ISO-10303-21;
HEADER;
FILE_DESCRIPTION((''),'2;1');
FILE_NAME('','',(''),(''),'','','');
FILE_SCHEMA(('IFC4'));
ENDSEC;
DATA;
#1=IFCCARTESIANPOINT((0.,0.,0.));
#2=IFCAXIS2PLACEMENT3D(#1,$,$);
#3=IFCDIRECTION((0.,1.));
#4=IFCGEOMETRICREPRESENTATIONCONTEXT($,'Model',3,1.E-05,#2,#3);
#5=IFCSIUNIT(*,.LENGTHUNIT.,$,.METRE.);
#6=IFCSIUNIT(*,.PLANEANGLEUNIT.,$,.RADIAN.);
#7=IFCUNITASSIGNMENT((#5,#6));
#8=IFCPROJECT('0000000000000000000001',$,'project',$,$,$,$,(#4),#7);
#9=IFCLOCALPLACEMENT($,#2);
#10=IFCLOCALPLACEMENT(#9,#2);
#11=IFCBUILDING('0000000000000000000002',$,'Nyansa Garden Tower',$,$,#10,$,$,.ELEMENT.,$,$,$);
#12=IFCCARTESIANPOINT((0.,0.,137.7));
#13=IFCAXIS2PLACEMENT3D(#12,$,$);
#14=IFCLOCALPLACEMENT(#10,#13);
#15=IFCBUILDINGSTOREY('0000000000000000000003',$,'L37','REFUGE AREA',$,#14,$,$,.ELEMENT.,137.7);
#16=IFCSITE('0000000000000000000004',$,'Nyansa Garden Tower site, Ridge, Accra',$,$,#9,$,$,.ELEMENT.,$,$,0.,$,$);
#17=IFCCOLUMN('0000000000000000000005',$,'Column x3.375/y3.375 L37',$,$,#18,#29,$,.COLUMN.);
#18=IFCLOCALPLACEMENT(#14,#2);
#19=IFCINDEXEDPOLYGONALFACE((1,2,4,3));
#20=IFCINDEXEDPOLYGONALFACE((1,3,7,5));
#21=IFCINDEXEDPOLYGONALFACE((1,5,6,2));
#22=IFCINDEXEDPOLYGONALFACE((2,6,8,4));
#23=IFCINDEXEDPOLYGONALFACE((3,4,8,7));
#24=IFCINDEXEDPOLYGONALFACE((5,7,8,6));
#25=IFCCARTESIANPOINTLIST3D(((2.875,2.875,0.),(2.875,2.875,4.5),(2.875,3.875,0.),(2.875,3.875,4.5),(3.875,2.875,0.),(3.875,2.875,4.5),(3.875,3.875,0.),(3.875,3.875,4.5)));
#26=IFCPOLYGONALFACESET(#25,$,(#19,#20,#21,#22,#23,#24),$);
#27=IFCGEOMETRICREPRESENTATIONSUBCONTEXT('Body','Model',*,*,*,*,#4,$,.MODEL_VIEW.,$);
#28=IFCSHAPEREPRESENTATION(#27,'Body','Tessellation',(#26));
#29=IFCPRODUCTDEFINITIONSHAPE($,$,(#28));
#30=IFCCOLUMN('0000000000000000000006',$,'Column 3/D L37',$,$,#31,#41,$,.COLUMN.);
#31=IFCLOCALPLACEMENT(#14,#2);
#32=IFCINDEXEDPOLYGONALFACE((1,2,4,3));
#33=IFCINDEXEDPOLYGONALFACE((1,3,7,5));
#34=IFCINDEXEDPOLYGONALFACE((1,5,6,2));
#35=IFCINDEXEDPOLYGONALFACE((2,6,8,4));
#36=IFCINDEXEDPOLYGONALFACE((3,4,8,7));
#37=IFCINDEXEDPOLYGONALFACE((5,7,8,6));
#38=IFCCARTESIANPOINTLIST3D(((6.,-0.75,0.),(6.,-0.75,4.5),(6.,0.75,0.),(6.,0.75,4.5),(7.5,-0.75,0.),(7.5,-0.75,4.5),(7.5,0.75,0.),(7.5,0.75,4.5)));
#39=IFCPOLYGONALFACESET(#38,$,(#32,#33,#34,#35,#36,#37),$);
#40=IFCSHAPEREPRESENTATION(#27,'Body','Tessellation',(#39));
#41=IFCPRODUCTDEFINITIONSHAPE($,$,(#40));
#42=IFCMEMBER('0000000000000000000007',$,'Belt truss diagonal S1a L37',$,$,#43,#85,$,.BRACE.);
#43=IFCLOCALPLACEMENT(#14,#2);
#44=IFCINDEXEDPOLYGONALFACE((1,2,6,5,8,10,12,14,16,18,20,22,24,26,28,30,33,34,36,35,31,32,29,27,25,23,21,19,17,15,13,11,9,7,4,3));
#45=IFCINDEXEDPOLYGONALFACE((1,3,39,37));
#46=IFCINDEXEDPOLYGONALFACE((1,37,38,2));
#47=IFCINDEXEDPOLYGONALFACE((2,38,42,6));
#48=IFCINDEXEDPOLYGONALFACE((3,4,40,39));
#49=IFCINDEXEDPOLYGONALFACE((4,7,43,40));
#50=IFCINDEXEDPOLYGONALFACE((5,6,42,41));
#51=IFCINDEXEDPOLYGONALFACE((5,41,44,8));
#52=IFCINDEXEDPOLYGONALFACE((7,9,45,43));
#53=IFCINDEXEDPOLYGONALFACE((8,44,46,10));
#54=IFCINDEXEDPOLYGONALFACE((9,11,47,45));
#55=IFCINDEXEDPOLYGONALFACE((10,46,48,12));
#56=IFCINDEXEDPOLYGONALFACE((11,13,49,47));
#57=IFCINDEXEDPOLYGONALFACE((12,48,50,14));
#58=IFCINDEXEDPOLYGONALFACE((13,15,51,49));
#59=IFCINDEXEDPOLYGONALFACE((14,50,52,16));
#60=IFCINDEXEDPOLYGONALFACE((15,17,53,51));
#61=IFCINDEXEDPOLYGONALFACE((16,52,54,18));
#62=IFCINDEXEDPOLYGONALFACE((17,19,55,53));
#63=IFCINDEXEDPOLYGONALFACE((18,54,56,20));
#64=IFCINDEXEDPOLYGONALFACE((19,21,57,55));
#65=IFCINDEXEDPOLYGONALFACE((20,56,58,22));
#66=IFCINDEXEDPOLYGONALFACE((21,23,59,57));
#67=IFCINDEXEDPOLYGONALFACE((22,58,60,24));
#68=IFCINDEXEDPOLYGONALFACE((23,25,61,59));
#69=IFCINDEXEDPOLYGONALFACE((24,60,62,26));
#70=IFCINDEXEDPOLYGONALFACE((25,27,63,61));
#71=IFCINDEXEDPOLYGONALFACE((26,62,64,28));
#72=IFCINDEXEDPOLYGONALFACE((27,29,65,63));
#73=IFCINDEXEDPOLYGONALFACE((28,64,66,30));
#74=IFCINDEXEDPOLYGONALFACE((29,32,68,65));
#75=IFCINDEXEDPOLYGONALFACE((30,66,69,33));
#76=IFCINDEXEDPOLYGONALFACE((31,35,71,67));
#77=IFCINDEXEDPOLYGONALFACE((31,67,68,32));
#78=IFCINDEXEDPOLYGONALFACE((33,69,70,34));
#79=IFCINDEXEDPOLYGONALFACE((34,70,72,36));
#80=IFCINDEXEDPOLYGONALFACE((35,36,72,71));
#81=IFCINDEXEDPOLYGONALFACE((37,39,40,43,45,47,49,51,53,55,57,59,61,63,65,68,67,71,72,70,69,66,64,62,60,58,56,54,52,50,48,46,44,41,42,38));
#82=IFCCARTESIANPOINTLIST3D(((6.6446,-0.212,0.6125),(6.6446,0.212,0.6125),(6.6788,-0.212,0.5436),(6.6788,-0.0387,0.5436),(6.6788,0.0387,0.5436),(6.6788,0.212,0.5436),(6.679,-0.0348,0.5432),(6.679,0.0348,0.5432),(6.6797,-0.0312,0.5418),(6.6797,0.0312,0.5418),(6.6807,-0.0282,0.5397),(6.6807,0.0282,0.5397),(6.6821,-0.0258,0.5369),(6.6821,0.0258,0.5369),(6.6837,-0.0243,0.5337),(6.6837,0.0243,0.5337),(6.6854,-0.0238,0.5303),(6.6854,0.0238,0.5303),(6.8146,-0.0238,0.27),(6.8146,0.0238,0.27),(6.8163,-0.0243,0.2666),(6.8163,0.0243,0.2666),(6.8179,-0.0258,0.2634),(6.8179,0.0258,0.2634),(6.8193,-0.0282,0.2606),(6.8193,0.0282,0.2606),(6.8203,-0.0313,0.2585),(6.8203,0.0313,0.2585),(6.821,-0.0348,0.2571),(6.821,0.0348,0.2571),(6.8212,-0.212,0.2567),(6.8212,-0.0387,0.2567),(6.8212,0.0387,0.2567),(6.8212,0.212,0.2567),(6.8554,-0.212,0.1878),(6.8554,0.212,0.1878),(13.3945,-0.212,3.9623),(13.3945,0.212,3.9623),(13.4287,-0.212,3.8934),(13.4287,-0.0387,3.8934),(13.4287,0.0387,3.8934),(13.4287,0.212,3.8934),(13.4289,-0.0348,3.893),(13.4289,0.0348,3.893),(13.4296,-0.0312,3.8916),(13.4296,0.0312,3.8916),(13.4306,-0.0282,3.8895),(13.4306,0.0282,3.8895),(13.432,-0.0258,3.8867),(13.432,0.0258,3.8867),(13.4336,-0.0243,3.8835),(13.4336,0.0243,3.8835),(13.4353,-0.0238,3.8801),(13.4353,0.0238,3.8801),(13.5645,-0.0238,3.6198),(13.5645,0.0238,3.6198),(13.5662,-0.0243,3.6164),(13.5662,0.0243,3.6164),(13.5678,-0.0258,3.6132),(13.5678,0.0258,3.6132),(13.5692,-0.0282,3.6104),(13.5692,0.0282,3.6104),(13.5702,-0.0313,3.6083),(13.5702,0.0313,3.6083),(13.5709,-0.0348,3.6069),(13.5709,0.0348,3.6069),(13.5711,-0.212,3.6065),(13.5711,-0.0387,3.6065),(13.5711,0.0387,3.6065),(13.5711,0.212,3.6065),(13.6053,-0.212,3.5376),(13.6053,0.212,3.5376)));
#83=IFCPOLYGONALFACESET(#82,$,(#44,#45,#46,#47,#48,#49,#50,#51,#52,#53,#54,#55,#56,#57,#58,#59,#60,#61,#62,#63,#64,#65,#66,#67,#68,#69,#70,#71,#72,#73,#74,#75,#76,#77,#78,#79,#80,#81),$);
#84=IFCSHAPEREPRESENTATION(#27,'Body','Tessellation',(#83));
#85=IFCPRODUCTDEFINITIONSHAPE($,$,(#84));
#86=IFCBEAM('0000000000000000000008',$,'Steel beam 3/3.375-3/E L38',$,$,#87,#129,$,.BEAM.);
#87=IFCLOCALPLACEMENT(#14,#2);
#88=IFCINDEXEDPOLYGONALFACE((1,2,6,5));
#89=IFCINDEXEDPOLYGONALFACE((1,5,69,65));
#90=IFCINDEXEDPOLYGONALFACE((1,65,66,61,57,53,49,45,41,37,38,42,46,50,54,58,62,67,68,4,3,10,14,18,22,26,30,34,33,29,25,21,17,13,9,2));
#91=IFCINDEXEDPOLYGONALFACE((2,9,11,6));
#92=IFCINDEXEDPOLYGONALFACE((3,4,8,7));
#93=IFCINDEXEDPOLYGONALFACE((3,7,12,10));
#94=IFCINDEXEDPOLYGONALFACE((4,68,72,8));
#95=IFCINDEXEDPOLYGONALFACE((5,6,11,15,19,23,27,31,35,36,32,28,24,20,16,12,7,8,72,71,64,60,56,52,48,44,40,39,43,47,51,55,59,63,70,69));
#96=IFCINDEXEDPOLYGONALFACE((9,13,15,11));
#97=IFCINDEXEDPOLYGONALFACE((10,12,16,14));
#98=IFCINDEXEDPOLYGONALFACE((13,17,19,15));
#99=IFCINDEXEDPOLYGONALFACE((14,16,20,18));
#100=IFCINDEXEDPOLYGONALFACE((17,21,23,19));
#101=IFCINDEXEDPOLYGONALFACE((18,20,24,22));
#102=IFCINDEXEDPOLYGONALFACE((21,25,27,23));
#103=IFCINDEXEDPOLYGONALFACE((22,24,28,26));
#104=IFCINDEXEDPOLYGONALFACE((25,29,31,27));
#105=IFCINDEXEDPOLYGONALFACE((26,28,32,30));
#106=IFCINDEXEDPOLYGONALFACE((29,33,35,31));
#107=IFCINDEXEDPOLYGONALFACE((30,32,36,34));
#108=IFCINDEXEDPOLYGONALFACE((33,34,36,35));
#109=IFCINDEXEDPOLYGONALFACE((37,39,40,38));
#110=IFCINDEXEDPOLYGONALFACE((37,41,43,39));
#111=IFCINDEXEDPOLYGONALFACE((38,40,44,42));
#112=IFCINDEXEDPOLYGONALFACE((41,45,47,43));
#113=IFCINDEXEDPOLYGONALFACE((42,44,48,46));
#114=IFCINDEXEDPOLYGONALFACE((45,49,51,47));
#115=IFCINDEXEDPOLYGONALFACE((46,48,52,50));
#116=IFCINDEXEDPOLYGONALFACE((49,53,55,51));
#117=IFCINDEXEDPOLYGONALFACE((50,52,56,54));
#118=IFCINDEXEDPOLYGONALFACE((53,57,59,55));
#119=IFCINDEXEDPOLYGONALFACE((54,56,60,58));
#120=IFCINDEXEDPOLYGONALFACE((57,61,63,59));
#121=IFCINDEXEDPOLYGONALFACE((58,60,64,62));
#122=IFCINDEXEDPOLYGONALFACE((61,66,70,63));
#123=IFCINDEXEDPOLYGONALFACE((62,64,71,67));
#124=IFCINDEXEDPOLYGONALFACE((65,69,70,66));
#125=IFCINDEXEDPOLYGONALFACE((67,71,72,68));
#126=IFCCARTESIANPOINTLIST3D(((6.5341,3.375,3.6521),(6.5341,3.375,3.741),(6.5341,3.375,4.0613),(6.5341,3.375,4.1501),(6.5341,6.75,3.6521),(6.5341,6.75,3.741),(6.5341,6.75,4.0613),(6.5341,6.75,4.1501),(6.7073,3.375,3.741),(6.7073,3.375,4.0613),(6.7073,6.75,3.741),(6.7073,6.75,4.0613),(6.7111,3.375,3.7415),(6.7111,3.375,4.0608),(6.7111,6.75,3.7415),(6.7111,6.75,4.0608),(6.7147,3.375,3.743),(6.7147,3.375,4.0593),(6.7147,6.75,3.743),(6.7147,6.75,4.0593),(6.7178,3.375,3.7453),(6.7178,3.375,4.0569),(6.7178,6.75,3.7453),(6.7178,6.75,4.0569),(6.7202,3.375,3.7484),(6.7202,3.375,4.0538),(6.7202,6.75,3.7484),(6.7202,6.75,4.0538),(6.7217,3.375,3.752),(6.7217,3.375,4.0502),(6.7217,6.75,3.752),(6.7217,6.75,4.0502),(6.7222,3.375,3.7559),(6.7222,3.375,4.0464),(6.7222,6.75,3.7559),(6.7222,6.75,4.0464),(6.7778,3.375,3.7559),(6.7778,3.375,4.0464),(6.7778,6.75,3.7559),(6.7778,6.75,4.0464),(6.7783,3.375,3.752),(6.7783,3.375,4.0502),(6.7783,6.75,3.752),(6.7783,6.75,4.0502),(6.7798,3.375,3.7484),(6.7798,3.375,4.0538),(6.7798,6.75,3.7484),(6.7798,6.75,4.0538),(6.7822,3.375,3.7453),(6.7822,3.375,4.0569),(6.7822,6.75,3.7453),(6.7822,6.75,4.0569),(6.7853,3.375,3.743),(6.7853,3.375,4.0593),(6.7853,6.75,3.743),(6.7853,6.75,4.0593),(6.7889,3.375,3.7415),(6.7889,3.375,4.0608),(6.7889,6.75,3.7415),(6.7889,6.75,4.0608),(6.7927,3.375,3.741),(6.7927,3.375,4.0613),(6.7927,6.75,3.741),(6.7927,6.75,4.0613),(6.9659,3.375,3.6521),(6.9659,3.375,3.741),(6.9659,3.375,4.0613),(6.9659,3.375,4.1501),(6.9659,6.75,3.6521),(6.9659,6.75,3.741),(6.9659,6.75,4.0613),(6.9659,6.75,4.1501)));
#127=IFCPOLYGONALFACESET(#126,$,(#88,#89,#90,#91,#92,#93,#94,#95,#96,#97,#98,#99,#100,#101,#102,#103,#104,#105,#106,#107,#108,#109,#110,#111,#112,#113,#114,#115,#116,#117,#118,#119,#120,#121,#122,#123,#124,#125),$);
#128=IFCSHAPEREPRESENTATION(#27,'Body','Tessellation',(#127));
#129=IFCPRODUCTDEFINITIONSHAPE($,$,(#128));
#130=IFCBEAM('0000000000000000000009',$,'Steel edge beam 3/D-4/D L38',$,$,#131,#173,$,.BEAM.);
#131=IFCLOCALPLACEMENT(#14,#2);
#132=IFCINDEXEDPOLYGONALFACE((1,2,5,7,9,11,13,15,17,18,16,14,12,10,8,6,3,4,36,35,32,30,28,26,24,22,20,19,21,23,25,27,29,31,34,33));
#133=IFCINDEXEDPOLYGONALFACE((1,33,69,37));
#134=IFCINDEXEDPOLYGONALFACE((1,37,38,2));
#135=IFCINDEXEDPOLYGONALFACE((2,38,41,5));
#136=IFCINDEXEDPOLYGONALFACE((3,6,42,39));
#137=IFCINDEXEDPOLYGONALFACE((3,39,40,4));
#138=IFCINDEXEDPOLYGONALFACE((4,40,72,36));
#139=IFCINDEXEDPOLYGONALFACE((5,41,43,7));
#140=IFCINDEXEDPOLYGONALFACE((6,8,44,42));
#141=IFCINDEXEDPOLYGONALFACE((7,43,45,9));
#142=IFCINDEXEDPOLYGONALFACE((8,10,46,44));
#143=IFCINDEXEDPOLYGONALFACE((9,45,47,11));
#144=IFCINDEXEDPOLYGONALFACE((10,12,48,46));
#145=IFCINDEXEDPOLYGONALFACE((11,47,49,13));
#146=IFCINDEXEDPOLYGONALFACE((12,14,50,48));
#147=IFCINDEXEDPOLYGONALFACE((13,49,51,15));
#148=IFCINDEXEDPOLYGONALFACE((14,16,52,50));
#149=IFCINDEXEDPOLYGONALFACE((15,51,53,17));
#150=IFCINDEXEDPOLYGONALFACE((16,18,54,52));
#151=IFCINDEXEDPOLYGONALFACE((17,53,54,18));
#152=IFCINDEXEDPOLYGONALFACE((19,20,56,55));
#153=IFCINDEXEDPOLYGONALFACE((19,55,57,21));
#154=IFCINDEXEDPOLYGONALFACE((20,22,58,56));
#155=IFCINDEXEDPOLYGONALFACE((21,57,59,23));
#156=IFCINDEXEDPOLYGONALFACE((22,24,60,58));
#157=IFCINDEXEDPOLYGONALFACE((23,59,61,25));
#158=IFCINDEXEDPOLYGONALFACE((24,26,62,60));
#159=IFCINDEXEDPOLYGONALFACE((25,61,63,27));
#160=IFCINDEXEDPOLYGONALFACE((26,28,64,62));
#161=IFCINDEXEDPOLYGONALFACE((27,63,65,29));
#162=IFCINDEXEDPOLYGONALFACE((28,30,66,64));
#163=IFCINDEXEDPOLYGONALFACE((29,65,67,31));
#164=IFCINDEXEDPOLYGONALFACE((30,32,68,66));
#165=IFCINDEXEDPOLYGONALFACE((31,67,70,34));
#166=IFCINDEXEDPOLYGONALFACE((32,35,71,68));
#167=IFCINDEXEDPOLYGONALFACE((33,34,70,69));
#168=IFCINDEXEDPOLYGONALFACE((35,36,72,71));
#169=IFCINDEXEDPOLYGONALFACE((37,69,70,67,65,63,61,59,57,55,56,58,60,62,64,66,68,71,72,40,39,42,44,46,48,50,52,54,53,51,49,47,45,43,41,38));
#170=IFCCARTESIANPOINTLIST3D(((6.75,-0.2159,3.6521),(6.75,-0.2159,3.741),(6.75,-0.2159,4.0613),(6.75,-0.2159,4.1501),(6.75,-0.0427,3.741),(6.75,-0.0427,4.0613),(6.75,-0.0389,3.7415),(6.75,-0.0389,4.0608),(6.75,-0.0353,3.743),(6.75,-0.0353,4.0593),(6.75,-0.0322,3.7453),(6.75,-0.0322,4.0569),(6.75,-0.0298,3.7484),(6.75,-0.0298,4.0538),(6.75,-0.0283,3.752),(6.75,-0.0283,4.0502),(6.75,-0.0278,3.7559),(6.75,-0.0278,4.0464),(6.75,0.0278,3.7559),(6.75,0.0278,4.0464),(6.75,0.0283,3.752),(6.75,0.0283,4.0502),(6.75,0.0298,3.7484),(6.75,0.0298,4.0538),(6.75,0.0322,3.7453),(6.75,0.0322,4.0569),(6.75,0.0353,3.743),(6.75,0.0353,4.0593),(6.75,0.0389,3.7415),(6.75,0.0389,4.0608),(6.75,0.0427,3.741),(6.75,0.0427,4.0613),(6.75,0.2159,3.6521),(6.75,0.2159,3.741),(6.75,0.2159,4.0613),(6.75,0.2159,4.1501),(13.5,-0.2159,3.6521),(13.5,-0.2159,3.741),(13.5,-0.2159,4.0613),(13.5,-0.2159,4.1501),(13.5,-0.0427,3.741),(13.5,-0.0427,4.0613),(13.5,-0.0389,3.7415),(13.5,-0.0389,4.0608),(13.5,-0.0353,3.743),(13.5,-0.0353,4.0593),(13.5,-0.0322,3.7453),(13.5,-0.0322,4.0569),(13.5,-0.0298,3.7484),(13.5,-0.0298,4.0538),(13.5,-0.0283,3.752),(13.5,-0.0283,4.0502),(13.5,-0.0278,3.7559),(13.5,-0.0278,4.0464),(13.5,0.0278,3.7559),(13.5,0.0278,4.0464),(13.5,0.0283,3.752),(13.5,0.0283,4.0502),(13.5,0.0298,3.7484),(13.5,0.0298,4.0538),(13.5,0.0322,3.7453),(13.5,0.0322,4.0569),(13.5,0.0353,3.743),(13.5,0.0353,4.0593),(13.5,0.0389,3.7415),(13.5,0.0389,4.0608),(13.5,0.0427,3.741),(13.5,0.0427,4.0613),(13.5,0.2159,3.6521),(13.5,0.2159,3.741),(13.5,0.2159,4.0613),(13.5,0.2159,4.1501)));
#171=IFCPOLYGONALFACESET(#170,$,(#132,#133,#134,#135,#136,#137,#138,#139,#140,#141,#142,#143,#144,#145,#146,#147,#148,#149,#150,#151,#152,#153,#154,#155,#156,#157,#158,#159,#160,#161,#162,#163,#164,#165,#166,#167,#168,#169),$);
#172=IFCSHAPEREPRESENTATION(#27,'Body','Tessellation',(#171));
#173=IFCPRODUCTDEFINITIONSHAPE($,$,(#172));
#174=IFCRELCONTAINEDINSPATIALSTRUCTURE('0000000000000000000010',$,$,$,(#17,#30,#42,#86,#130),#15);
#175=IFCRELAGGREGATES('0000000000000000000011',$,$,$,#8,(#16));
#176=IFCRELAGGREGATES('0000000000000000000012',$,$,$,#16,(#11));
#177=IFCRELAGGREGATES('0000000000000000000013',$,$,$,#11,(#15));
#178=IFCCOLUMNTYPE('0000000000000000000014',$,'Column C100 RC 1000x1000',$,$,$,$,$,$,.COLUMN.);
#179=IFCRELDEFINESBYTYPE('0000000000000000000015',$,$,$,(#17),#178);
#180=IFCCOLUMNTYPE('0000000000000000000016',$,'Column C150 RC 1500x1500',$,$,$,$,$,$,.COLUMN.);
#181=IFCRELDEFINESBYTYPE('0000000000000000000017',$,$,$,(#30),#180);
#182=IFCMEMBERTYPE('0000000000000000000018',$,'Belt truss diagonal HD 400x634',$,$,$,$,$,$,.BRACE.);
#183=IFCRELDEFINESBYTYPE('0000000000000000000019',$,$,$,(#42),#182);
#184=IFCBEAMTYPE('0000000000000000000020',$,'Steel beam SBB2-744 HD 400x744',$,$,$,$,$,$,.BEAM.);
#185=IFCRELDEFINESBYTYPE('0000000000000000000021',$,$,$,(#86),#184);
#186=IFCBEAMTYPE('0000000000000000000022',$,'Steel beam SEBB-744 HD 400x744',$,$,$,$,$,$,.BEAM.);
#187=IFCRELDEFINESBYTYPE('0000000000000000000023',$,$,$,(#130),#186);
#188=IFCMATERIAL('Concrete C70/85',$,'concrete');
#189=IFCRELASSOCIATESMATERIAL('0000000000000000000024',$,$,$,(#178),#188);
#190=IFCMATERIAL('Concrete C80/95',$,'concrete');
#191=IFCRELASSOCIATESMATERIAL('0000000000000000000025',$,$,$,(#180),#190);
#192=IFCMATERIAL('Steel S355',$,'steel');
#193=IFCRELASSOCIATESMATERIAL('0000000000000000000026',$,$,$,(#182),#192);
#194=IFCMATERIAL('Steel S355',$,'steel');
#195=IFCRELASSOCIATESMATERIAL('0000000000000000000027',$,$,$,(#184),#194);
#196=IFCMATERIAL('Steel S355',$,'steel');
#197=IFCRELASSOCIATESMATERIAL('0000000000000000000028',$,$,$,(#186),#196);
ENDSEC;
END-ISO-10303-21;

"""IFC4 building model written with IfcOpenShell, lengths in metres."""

from ifc_helpers import new_model, si_unit, direction, frame, origin, origin_2d, place, context, subcontext, project, spatial, rectangle, i_section, extrude, material, material_profile, profile_set, type_object, element, save


model = new_model("IFC4")

# Units and contexts
model_context = context("Model", 3, precision=1e-05, world=origin(), true_north=direction((0.0, 1.0)))
body_context = subcontext(model_context, "Body", "Model", "MODEL_VIEW")
ifc_project = project(units=[si_unit("LENGTHUNIT", "METRE"), si_unit("PLANEANGLEUNIT", "RADIAN")], contexts=[model_context])

# Site, building, storey
site_placement = place(None, origin())
site = spatial("IfcSite", under=ifc_project, at=site_placement, Name="Nyansa Garden Tower site, Ridge, Accra", CompositionType="ELEMENT", RefElevation=0.0)
building_placement = place(site_placement, origin())
building = spatial("IfcBuilding", under=site, at=building_placement, Name="Nyansa Garden Tower", CompositionType="ELEMENT")
storey_placement = place(building_placement, frame((0.0, 0.0, 137.7)))
storey = spatial("IfcBuildingStorey", under=building, at=storey_placement, Name="L37", Description="REFUGE AREA", CompositionType="ELEMENT", Elevation=137.7)

# Columns
ifc_material_1 = material(Name="Concrete C70/85", Category="concrete")
ifc_material_profile_1 = material_profile(ifc_material_1, rectangle(XDim=1.0, YDim=1.0, at=origin_2d()), Name="RC 1000x1000")
ifc_profile_set_1 = profile_set([ifc_material_profile_1], Name="Concrete C70/85")
column_type_1 = type_object("IfcColumnType", Name="Column C100 RC 1000x1000", PredefinedType="COLUMN", material=ifc_profile_set_1)
column_1_placement = place(storey_placement, frame((3.375, 3.375, 0.0), z_axis=(0.0, 0.0, 1.0), x_axis=(1.0, 0.0, 0.0)))
element("IfcColumn", 1, at=column_1_placement, inside=storey, type_object=column_type_1, Name="Column x3.375/y3.375 L37", PredefinedType="COLUMN", context=body_context, shape_type="SweptSolid", body=[
    extrude(rectangle(XDim=1.0, YDim=1.0, at=origin_2d()), origin(), (0.0, 0.0, 1.0), 4.5),
])
ifc_material_2 = material(Name="Concrete C80/95", Category="concrete")
ifc_material_profile_2 = material_profile(ifc_material_2, rectangle(XDim=1.5, YDim=1.5, at=origin_2d()), Name="RC 1500x1500")
ifc_profile_set_2 = profile_set([ifc_material_profile_2], Name="Concrete C80/95")
column_type_2 = type_object("IfcColumnType", Name="Column C150 RC 1500x1500", PredefinedType="COLUMN", material=ifc_profile_set_2)
column_2_placement = place(storey_placement, frame((6.75, 0.0, 0.0), z_axis=(0.0, 0.0, 1.0), x_axis=(1.0, 0.0, 0.0)))
element("IfcColumn", 2, at=column_2_placement, inside=storey, type_object=column_type_2, Name="Column 3/D L37", PredefinedType="COLUMN", context=body_context, shape_type="SweptSolid", body=[
    extrude(rectangle(XDim=1.5, YDim=1.5, at=origin_2d()), origin(), (0.0, 0.0, 1.0), 4.5),
])

# Member
ifc_material_3 = material(Name="Steel S355", Category="steel")
ifc_material_profile_3 = material_profile(ifc_material_3, i_section(OverallWidth=0.4241, OverallDepth=0.4741, WebThickness=0.0476, FlangeThickness=0.0769, FilletRadius=0.0149, at=origin_2d()), Name="HD 400x634")
ifc_profile_set_3 = profile_set([ifc_material_profile_3], Name="Steel S355")
member_type = type_object("IfcMemberType", Name="Belt truss diagonal HD 400x634", PredefinedType="BRACE", material=ifc_profile_set_3)
member_placement = place(storey_placement, frame((6.75, 0.0, 0.4001), z_axis=(0.895758, 0.0, 0.444542), x_axis=(0.0, 1.0, 0.0)))
element("IfcMember", 3, at=member_placement, inside=storey, type_object=member_type, Name="Belt truss diagonal S1a L37", PredefinedType="BRACE", context=body_context, shape_type="SweptSolid", body=[
    extrude(i_section(OverallWidth=0.4241, OverallDepth=0.4741, WebThickness=0.0476, FlangeThickness=0.0769, FilletRadius=0.0149, at=origin_2d()), origin(), (0.0, 0.0, 1.0), 7.5354),
])

# Beams
ifc_material_4 = material(Name="Steel S355", Category="steel")
ifc_material_profile_4 = material_profile(ifc_material_4, i_section(OverallWidth=0.4319, OverallDepth=0.498, WebThickness=0.0557, FlangeThickness=0.0889, FilletRadius=0.0149, at=origin_2d()), Name="HD 400x744")
ifc_profile_set_4 = profile_set([ifc_material_profile_4], Name="Steel S355")
beam_type_1 = type_object("IfcBeamType", Name="Steel beam SBB2-744 HD 400x744", PredefinedType="BEAM", material=ifc_profile_set_4)
beam_1_placement = place(storey_placement, frame((6.75, 3.375, 3.9011), z_axis=(0.0, 1.0, 0.0), x_axis=(-1.0, 0.0, 0.0)))
element("IfcBeam", 4, at=beam_1_placement, inside=storey, type_object=beam_type_1, Name="Steel beam 3/3.375-3/E L38", PredefinedType="BEAM", context=body_context, shape_type="SweptSolid", body=[
    extrude(i_section(OverallWidth=0.4319, OverallDepth=0.498, WebThickness=0.0557, FlangeThickness=0.0889, FilletRadius=0.0149, at=origin_2d()), origin(), (0.0, 0.0, 1.0), 3.375),
])
ifc_material_5 = material(Name="Steel S355", Category="steel")
ifc_material_profile_5 = material_profile(ifc_material_5, i_section(OverallWidth=0.4319, OverallDepth=0.498, WebThickness=0.0557, FlangeThickness=0.0889, FilletRadius=0.0149, at=origin_2d()), Name="HD 400x744")
ifc_profile_set_5 = profile_set([ifc_material_profile_5], Name="Steel S355")
beam_type_2 = type_object("IfcBeamType", Name="Steel beam SEBB-744 HD 400x744", PredefinedType="BEAM", material=ifc_profile_set_5)
beam_2_placement = place(storey_placement, frame((6.75, 0.0, 3.9011), z_axis=(1.0, 0.0, 0.0), x_axis=(0.0, 1.0, 0.0)))
element("IfcBeam", 5, at=beam_2_placement, inside=storey, type_object=beam_type_2, Name="Steel edge beam 3/D-4/D L38", PredefinedType="BEAM", context=body_context, shape_type="SweptSolid", body=[
    extrude(i_section(OverallWidth=0.4319, OverallDepth=0.498, WebThickness=0.0557, FlangeThickness=0.0889, FilletRadius=0.0149, at=origin_2d()), origin(), (0.0, 0.0, 1.0), 6.75),
])

save(model, "model.ifc")
